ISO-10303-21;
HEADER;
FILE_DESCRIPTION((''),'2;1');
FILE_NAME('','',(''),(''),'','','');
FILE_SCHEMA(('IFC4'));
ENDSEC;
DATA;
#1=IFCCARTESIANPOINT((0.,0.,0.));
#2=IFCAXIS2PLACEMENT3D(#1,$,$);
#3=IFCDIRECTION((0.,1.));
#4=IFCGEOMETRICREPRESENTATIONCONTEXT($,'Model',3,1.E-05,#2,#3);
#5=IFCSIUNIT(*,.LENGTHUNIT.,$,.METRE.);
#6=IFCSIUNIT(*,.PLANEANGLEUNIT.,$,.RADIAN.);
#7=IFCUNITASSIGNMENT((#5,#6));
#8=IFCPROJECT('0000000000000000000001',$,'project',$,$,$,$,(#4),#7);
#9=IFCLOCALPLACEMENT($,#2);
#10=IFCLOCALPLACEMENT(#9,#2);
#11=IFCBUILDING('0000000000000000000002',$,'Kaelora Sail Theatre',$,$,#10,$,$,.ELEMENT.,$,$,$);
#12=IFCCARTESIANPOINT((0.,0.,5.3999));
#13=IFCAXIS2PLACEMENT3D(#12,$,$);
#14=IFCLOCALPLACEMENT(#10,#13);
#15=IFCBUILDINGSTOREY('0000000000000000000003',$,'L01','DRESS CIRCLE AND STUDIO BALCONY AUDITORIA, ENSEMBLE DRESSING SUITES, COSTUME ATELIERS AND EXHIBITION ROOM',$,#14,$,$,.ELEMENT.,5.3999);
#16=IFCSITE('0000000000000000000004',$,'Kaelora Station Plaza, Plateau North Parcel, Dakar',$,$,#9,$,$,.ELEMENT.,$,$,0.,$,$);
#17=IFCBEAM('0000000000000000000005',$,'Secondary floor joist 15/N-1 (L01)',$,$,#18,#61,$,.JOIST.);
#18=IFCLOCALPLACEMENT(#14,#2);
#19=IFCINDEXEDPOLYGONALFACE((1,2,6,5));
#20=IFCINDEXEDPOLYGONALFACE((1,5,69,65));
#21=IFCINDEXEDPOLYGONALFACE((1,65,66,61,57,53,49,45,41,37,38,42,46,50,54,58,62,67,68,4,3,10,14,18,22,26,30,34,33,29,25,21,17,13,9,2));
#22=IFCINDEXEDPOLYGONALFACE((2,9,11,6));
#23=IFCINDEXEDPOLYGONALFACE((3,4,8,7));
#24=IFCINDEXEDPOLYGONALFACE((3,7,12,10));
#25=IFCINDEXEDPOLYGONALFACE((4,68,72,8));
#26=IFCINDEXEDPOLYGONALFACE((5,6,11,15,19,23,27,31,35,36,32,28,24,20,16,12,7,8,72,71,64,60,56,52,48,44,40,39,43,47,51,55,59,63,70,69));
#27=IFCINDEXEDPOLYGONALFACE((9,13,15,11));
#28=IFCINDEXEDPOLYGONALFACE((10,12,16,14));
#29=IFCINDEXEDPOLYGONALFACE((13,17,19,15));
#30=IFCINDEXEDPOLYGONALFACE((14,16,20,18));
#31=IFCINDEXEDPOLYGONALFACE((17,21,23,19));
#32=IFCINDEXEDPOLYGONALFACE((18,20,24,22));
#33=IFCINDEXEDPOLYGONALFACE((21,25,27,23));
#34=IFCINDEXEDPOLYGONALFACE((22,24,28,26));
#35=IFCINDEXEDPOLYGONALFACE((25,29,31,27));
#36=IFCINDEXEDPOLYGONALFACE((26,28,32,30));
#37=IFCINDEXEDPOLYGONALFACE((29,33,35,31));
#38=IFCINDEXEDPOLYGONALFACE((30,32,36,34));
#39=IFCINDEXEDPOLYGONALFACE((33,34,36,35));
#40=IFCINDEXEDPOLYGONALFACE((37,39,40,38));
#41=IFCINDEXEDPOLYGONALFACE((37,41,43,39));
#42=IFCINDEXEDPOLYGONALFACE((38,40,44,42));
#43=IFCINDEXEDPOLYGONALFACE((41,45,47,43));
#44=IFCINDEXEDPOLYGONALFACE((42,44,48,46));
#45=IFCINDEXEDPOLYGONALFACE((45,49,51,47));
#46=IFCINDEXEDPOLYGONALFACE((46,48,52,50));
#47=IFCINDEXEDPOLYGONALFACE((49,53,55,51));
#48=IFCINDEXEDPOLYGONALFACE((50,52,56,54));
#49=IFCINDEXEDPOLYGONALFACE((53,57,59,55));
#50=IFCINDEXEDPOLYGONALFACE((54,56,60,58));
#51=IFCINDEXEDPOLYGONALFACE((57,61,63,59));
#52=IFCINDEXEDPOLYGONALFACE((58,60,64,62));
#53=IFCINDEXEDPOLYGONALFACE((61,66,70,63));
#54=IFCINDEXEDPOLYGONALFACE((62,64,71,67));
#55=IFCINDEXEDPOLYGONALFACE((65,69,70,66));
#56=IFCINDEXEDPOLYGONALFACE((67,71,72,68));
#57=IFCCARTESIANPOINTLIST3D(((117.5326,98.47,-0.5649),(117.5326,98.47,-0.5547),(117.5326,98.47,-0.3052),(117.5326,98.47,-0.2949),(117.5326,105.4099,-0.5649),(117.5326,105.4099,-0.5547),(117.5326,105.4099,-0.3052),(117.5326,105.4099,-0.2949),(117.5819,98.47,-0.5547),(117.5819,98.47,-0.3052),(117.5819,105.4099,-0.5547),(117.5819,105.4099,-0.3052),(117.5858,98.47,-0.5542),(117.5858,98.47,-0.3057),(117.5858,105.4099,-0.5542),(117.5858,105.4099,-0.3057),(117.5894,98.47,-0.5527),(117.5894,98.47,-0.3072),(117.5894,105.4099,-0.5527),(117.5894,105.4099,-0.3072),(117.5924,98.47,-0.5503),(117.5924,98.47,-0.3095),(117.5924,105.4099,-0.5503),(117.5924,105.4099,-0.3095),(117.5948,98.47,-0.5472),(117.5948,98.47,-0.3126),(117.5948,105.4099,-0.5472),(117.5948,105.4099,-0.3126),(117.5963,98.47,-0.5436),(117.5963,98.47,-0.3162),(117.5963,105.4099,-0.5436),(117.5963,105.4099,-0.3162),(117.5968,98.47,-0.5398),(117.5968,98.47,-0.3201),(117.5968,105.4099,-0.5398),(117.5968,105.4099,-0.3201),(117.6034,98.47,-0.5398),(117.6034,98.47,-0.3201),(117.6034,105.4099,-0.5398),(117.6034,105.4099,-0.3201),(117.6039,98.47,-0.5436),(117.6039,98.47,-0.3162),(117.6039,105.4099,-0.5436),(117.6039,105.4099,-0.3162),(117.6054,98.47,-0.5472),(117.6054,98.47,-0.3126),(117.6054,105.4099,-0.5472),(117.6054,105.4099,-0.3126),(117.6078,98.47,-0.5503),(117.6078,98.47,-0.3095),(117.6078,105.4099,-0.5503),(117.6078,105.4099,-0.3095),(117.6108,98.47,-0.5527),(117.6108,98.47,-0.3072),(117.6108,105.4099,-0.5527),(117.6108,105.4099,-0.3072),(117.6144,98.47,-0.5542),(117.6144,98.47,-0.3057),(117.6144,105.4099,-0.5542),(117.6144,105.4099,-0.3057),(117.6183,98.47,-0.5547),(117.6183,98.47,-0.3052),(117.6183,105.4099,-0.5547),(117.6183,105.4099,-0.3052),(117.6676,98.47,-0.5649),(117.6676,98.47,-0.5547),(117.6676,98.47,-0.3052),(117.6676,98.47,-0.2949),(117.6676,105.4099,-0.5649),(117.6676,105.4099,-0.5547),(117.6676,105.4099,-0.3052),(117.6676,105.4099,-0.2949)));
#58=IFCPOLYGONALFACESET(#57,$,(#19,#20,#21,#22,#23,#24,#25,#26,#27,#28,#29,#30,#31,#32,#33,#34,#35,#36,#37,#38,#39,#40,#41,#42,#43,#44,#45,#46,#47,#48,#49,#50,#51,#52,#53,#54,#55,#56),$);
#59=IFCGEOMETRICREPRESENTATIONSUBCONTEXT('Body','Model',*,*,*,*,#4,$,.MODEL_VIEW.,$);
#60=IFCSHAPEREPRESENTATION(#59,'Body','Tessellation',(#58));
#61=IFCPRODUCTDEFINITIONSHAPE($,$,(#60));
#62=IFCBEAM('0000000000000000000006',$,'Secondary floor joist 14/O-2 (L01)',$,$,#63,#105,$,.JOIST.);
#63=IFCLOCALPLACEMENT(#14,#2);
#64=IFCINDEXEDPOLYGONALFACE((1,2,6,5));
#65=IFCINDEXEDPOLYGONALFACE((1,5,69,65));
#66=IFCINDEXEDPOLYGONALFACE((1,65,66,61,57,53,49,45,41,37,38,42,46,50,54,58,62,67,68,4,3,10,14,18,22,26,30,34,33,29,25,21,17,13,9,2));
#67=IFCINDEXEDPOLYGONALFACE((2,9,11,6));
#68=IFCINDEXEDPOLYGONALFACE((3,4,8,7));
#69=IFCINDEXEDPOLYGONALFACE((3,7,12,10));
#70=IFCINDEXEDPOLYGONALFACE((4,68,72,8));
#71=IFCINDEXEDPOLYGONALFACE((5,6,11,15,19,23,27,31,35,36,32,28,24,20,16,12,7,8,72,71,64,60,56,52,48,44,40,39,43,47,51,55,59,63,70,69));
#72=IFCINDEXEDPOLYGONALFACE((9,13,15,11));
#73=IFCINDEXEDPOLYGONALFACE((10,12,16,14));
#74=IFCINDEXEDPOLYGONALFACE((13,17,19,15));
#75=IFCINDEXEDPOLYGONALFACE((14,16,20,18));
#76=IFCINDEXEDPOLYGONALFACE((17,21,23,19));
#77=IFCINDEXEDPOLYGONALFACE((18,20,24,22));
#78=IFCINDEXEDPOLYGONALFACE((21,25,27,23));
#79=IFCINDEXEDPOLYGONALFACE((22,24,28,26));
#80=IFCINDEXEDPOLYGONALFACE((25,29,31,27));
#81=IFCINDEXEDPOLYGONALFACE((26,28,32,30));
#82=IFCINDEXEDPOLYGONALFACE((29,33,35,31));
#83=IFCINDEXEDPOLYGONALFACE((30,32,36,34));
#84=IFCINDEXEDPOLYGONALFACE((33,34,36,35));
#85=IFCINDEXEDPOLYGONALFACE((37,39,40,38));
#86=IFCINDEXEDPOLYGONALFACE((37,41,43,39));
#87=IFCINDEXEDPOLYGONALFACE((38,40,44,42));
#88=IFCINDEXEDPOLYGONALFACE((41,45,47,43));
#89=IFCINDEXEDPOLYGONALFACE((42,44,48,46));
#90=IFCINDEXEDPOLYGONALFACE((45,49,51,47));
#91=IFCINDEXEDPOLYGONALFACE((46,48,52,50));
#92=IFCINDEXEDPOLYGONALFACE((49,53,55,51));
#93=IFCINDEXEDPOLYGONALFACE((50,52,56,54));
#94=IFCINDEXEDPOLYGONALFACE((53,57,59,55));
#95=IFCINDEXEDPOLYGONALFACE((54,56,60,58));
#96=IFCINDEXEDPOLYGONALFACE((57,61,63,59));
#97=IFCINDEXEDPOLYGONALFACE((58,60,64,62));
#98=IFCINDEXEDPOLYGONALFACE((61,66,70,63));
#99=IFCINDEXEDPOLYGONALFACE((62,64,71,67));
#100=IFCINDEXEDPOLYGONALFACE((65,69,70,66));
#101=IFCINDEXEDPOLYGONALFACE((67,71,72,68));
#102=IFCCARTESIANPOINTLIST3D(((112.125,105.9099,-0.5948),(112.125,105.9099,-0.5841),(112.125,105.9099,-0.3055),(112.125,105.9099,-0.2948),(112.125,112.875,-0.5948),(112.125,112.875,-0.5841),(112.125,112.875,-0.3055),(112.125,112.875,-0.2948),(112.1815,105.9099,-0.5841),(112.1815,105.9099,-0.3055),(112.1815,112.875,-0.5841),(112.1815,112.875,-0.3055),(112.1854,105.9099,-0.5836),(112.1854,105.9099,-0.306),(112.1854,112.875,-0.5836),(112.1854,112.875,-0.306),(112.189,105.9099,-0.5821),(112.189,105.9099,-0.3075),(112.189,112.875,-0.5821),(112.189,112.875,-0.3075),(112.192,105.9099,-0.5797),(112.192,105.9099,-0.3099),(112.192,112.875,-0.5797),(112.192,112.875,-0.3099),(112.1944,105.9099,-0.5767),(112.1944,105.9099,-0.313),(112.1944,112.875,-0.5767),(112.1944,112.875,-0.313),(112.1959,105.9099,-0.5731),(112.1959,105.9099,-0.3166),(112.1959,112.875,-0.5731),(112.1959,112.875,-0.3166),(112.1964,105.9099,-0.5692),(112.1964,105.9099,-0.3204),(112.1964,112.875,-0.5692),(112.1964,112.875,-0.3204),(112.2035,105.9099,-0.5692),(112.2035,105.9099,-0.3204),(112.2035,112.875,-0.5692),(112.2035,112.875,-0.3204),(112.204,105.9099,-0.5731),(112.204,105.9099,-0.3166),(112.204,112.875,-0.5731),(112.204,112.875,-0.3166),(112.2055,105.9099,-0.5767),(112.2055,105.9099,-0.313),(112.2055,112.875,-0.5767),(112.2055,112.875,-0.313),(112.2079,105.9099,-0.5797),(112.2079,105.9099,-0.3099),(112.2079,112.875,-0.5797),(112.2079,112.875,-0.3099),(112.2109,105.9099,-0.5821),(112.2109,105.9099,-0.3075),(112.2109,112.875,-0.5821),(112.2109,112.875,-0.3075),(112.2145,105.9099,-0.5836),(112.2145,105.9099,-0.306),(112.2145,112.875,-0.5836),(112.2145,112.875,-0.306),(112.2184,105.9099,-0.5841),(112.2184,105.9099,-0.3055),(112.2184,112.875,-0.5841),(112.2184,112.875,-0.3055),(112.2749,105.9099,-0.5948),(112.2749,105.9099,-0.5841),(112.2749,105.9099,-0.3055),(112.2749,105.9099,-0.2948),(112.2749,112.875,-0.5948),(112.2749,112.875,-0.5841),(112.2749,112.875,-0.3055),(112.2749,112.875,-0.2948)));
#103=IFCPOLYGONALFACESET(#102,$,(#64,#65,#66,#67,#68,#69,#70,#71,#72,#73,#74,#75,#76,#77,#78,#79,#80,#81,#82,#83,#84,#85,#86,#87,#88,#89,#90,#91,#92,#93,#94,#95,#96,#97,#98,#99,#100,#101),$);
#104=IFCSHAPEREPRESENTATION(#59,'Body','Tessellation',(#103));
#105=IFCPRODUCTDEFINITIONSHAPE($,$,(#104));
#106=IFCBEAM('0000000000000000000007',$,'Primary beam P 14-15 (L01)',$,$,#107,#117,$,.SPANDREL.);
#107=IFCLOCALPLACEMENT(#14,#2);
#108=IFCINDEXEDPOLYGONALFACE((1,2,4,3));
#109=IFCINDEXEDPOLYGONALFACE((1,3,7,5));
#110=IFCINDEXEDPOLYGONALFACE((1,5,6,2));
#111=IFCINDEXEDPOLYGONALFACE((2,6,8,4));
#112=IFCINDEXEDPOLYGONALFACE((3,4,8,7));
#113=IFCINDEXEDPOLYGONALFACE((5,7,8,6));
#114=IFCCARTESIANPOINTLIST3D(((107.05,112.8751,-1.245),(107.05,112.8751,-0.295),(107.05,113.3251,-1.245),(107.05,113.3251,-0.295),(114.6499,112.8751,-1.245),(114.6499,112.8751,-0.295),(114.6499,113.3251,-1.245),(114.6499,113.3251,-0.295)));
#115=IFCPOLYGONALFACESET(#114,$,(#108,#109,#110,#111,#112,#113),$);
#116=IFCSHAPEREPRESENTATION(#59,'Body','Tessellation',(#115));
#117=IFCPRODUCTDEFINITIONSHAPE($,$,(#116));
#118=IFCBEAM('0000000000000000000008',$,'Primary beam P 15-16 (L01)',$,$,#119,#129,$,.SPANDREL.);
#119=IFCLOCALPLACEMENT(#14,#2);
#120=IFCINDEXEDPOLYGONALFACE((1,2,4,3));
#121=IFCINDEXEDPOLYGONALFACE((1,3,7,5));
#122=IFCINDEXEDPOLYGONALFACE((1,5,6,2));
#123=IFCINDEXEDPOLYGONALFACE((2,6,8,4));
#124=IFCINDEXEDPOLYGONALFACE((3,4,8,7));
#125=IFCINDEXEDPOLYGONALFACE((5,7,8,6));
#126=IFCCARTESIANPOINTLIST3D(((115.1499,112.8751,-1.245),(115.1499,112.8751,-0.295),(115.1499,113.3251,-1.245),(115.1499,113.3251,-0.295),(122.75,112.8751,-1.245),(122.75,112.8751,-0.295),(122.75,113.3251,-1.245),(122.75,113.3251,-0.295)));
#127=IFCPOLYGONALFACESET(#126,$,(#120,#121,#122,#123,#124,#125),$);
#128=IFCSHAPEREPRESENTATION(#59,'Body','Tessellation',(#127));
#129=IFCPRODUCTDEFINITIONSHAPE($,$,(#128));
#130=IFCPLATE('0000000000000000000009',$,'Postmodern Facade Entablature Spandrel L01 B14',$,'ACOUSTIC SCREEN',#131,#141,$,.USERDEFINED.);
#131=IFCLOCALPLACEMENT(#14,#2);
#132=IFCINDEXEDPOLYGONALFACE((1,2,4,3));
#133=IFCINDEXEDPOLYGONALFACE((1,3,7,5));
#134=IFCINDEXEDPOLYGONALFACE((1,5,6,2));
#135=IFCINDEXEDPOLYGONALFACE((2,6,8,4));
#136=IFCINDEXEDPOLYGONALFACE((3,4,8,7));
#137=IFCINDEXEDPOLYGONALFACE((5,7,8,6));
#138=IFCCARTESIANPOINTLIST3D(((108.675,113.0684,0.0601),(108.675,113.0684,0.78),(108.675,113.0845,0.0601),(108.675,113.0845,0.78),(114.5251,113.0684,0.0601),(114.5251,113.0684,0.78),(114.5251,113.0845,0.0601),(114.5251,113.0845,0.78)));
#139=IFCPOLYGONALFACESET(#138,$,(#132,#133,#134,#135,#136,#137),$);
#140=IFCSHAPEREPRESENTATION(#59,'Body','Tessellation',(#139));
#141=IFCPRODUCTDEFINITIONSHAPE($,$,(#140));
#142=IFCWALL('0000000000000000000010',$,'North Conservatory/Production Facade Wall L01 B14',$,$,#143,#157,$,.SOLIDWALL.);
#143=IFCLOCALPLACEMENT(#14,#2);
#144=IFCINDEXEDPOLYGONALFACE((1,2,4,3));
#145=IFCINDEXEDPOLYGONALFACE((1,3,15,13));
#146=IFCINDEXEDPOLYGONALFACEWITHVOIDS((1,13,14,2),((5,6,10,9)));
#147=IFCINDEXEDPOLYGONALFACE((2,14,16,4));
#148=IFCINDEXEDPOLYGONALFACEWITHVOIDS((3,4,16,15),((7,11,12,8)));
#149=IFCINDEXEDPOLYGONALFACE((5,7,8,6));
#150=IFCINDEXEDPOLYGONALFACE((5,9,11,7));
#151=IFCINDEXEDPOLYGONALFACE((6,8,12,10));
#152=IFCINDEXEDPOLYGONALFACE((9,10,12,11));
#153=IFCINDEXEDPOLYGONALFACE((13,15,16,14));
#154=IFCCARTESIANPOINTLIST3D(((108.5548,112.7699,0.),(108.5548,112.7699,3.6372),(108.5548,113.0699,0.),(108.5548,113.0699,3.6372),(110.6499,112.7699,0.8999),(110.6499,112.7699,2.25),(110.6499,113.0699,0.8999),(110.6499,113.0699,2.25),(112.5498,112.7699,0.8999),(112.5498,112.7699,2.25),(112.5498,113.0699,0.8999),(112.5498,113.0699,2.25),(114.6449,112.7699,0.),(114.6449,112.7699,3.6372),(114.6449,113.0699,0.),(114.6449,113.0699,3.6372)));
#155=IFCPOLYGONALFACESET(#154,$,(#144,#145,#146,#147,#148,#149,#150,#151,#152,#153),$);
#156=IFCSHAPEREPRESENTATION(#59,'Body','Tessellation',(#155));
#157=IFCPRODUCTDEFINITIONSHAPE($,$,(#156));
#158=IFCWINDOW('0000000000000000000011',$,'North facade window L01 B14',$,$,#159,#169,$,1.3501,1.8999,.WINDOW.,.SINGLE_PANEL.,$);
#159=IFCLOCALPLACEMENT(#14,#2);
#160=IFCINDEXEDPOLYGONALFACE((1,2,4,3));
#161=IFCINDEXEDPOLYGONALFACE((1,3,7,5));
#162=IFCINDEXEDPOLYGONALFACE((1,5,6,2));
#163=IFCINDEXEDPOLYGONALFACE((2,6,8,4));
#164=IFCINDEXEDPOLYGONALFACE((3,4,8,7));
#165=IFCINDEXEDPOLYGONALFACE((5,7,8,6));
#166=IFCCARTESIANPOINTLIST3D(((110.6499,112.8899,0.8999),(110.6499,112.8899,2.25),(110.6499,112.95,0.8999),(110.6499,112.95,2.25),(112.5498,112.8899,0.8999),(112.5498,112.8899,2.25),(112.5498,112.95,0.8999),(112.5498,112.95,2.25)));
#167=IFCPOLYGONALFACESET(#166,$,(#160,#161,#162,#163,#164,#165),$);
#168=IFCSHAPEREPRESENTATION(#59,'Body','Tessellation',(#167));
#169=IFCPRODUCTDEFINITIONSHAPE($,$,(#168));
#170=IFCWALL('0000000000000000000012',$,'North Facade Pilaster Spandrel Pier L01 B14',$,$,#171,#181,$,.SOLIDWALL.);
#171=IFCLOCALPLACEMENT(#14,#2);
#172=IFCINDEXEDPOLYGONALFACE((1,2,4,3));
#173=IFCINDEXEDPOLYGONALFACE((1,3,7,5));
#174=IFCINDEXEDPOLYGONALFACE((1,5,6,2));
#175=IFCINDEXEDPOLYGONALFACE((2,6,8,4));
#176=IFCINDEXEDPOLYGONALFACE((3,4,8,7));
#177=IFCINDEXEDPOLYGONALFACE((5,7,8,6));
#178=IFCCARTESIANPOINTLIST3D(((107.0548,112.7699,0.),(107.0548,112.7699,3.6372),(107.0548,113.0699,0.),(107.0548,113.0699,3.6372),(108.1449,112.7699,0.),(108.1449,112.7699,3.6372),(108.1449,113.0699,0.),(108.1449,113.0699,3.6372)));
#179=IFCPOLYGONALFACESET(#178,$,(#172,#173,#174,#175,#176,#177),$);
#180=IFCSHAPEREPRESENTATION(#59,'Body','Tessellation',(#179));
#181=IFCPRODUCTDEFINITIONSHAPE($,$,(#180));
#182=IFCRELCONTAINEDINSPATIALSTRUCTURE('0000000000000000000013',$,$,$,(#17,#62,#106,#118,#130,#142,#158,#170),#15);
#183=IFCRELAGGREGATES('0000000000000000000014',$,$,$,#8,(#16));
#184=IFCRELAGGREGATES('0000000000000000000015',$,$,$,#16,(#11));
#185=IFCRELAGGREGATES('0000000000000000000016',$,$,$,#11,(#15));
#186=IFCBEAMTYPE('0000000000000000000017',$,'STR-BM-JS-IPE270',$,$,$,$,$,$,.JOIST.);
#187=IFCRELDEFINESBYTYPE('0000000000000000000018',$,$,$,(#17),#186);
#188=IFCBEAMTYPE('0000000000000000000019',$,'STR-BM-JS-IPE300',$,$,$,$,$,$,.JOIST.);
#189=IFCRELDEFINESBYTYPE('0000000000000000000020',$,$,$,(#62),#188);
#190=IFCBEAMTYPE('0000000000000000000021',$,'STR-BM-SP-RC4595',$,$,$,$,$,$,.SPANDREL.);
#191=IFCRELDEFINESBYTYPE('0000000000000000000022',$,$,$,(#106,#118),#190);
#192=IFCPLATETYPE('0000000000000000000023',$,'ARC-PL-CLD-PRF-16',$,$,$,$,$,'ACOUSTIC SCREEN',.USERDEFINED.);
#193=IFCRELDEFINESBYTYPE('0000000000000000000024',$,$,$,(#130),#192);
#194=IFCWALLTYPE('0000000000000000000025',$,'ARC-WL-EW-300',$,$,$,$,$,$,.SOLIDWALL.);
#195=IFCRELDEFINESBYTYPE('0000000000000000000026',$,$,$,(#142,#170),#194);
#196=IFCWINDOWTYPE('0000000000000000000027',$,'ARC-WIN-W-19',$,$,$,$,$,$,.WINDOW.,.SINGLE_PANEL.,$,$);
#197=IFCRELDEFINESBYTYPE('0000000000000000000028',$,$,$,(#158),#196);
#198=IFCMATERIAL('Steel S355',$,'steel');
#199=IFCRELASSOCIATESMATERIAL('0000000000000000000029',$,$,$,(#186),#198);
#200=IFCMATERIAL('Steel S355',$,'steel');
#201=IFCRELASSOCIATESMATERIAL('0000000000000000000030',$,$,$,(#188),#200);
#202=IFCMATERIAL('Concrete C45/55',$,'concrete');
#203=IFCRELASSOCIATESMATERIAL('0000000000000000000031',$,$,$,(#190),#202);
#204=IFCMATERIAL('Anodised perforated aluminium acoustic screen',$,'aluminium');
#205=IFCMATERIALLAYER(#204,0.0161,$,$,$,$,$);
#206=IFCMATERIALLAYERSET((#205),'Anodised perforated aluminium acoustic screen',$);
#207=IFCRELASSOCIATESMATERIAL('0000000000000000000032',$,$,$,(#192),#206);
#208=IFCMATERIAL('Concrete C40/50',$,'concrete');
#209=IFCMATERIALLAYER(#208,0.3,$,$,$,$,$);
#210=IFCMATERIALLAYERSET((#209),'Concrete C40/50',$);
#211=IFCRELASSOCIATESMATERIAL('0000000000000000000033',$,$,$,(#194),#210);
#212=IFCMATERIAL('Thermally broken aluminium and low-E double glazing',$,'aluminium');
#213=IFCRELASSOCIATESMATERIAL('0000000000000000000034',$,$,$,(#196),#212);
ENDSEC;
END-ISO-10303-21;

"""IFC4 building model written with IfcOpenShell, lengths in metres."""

from ifc_helpers import new_model, si_unit, direction, frame, frame_2d, origin, origin_2d, place, context, subcontext, project, spatial, rectangle, i_section, extrude, material, layer, layer_set, material_profile, profile_set, type_object, element, fill, save


model = new_model("IFC4")

# Units and contexts
model_context = context("Model", 3, precision=1e-05, world=origin(), true_north=direction((0.0, 1.0)))
body_context = subcontext(model_context, "Body", "Model", "MODEL_VIEW")
ifc_project = project(units=[si_unit("LENGTHUNIT", "METRE"), si_unit("PLANEANGLEUNIT", "RADIAN")], contexts=[model_context])

# Site, building, storey
site_placement = place(None, origin())
site = spatial("IfcSite", under=ifc_project, at=site_placement, Name="Kaelora Station Plaza, Plateau North Parcel, Dakar", CompositionType="ELEMENT", RefElevation=0.0)
building_placement = place(site_placement, origin())
building = spatial("IfcBuilding", under=site, at=building_placement, Name="Kaelora Sail Theatre", CompositionType="ELEMENT")
storey_placement = place(building_placement, frame((0.0, 0.0, 5.3999)))
storey = spatial("IfcBuildingStorey", under=building, at=storey_placement, Name="L01", Description="DRESS CIRCLE AND STUDIO BALCONY AUDITORIA, ENSEMBLE DRESSING SUITES, COSTUME ATELIERS AND EXHIBITION ROOM", CompositionType="ELEMENT", Elevation=5.3999)

# Beams
ifc_material_1 = material(Name="Steel S355", Category="steel")
ifc_material_profile_1 = material_profile(ifc_material_1, i_section(OverallWidth=0.135, OverallDepth=0.27, WebThickness=0.0066, FlangeThickness=0.0103, FilletRadius=0.0149, at=origin_2d()), Name="IPE 270")
ifc_profile_set_1 = profile_set([ifc_material_profile_1], Name="Steel S355")
beam_type_1 = type_object("IfcBeamType", Name="STR-BM-JS-IPE270", PredefinedType="JOIST", material=ifc_profile_set_1)
beam_1_placement = place(storey_placement, frame((117.6001, 98.47, -0.4299), z_axis=(0.0, 1.0, 0.0), x_axis=(-1.0, 0.0, 0.0)))
element("IfcBeam", 1, at=beam_1_placement, inside=storey, type_object=beam_type_1, Name="Secondary floor joist 15/N-1 (L01)", PredefinedType="JOIST", context=body_context, shape_type="SweptSolid", body=[
    extrude(i_section(OverallWidth=0.135, OverallDepth=0.27, WebThickness=0.0066, FlangeThickness=0.0103, FilletRadius=0.0149, at=origin_2d()), origin(), (0.0, 0.0, 1.0), 6.9399),
])
ifc_material_2 = material(Name="Steel S355", Category="steel")
ifc_material_profile_2 = material_profile(ifc_material_2, i_section(OverallWidth=0.1499, OverallDepth=0.3, WebThickness=0.0071, FlangeThickness=0.0107, FilletRadius=0.0149, at=origin_2d()), Name="IPE 300")
ifc_profile_set_2 = profile_set([ifc_material_profile_2], Name="Steel S355")
beam_type_2 = type_object("IfcBeamType", Name="STR-BM-JS-IPE300", PredefinedType="JOIST", material=ifc_profile_set_2)
beam_2_placement = place(storey_placement, frame((112.2, 105.9099, -0.4448), z_axis=(0.0, 1.0, 0.0), x_axis=(-1.0, 0.0, 0.0)))
element("IfcBeam", 2, at=beam_2_placement, inside=storey, type_object=beam_type_2, Name="Secondary floor joist 14/O-2 (L01)", PredefinedType="JOIST", context=body_context, shape_type="SweptSolid", body=[
    extrude(i_section(OverallWidth=0.1499, OverallDepth=0.3, WebThickness=0.0071, FlangeThickness=0.0107, FilletRadius=0.0149, at=origin_2d()), origin(), (0.0, 0.0, 1.0), 6.9651),
])
ifc_material_3 = material(Name="Concrete C45/55", Category="concrete")
ifc_material_profile_3 = material_profile(ifc_material_3, rectangle(XDim=0.45, YDim=0.95, at=origin_2d()), Name="RC-SPN 450x950")
ifc_profile_set_3 = profile_set([ifc_material_profile_3], Name="Concrete C45/55")
beam_type_3 = type_object("IfcBeamType", Name="STR-BM-SP-RC4595", PredefinedType="SPANDREL", material=ifc_profile_set_3)
beam_3_placement = place(storey_placement, frame((107.05, 113.1001, -0.77), z_axis=(1.0, 0.0, 0.0), x_axis=(0.0, 1.0, 0.0)))
element("IfcBeam", 3, at=beam_3_placement, inside=storey, type_object=beam_type_3, Name="Primary beam P 14-15 (L01)", PredefinedType="SPANDREL", context=body_context, shape_type="SweptSolid", body=[
    extrude(rectangle(XDim=0.45, YDim=0.95, at=origin_2d()), origin(), (0.0, 0.0, 1.0), 7.5999),
])
beam_4_placement = place(storey_placement, frame((115.1499, 113.1001, -0.77), z_axis=(1.0, 0.0, 0.0), x_axis=(0.0, 1.0, 0.0)))
element("IfcBeam", 4, at=beam_4_placement, inside=storey, type_object=beam_type_3, Name="Primary beam P 15-16 (L01)", PredefinedType="SPANDREL", context=body_context, shape_type="SweptSolid", body=[
    extrude(rectangle(XDim=0.45, YDim=0.95, at=origin_2d()), origin(), (0.0, 0.0, 1.0), 7.6001),
])

# Plate
ifc_material_4 = material(Name="Anodised perforated aluminium acoustic screen", Category="aluminium")
ifc_layer_1 = layer(ifc_material_4, 0.0161)
ifc_layer_set_1 = layer_set([ifc_layer_1], Name="Anodised perforated aluminium acoustic screen")
plate_type = type_object("IfcPlateType", Name="ARC-PL-CLD-PRF-16", ElementType="ACOUSTIC SCREEN", PredefinedType="USERDEFINED", material=ifc_layer_set_1)
plate_placement = place(storey_placement, frame((111.6001, 113.0764, 0.0601), z_axis=(0.0, 0.0, 1.0), x_axis=(1.0, 0.0, 0.0)))
element("IfcPlate", 5, at=plate_placement, inside=storey, type_object=plate_type, Name="Postmodern Facade Entablature Spandrel L01 B14", ObjectType="ACOUSTIC SCREEN", PredefinedType="USERDEFINED", context=body_context, shape_type="SweptSolid", body=[
    extrude(rectangle(XDim=5.8501, YDim=0.0161, at=origin_2d()), origin(), (0.0, 0.0, 1.0), 0.72),
])

# Wall, opening, window
ifc_material_5 = material(Name="Concrete C40/50", Category="concrete")
ifc_layer_2 = layer(ifc_material_5, 0.3)
ifc_layer_set_2 = layer_set([ifc_layer_2], Name="Concrete C40/50")
wall_type_1 = type_object("IfcWallType", Name="ARC-WL-EW-300", PredefinedType="SOLIDWALL", material=ifc_layer_set_2)
wall_1_placement = place(storey_placement, frame((108.5549, 112.9199, 0.0), z_axis=(0.0, 0.0, 1.0), x_axis=(1.0, 0.0, 0.0)))
wall_1 = element("IfcWall", 6, at=wall_1_placement, inside=storey, type_object=wall_type_1, Name="North Conservatory/Production Facade Wall L01 B14", PredefinedType="SOLIDWALL", context=body_context, shape_type="SweptSolid", body=[
    extrude(rectangle(XDim=6.0901, YDim=0.3, at=frame_2d((3.0449, 0.0))), origin(), (0.0, 0.0, 1.0), 3.6372),
])
opening_1_placement = place(wall_1_placement, frame((2.095, 0.0, 0.8999)))
opening_1 = element("IfcOpeningElement", 7, at=opening_1_placement, cuts=wall_1, PredefinedType="OPENING", context=body_context, shape_type="SweptSolid", body=[
    extrude(rectangle(XDim=1.8999, YDim=1.3501, at=frame_2d((0.95, 0.675))), frame((0.0, 0.1599, 0.0), z_axis=(0.0, -1.0, 0.0), x_axis=(1.0, 0.0, 0.0)), (0.0, 0.0, 1.0), 0.32),
])
ifc_material_6 = material(Name="Thermally broken aluminium and low-E double glazing", Category="aluminium")
window_type_1 = type_object("IfcWindowType", Name="ARC-WIN-W-19", PartitioningType="SINGLE_PANEL", PredefinedType="WINDOW", material=ifc_material_6)
window_1_placement = place(opening_1_placement, origin())
window_1 = element("IfcWindow", 8, at=window_1_placement, inside=storey, type_object=window_type_1, Name="North facade window L01 B14", OverallHeight=1.3501, OverallWidth=1.8999, PartitioningType="SINGLE_PANEL", PredefinedType="WINDOW", context=body_context, shape_type="SweptSolid", body=[
    extrude(rectangle(XDim=1.8999, YDim=1.3501, at=frame_2d((0.95, 0.675))), frame((0.0, 0.03, 0.0), z_axis=(0.0, -1.0, 0.0), x_axis=(1.0, 0.0, 0.0)), (0.0, 0.0, 1.0), 0.0601),
])
fill(opening_1, window_1)

# Wall
wall_2_placement = place(storey_placement, frame((107.0549, 112.9199, 0.0), z_axis=(0.0, 0.0, 1.0), x_axis=(1.0, 0.0, 0.0)))
element("IfcWall", 9, at=wall_2_placement, inside=storey, type_object=wall_type_1, Name="North Facade Pilaster Spandrel Pier L01 B14", PredefinedType="SOLIDWALL", context=body_context, shape_type="SweptSolid", body=[
    extrude(rectangle(XDim=1.0901, YDim=0.3, at=frame_2d((0.5449, 0.0))), origin(), (0.0, 0.0, 1.0), 3.6372),
])

save(model, "model.ifc")
